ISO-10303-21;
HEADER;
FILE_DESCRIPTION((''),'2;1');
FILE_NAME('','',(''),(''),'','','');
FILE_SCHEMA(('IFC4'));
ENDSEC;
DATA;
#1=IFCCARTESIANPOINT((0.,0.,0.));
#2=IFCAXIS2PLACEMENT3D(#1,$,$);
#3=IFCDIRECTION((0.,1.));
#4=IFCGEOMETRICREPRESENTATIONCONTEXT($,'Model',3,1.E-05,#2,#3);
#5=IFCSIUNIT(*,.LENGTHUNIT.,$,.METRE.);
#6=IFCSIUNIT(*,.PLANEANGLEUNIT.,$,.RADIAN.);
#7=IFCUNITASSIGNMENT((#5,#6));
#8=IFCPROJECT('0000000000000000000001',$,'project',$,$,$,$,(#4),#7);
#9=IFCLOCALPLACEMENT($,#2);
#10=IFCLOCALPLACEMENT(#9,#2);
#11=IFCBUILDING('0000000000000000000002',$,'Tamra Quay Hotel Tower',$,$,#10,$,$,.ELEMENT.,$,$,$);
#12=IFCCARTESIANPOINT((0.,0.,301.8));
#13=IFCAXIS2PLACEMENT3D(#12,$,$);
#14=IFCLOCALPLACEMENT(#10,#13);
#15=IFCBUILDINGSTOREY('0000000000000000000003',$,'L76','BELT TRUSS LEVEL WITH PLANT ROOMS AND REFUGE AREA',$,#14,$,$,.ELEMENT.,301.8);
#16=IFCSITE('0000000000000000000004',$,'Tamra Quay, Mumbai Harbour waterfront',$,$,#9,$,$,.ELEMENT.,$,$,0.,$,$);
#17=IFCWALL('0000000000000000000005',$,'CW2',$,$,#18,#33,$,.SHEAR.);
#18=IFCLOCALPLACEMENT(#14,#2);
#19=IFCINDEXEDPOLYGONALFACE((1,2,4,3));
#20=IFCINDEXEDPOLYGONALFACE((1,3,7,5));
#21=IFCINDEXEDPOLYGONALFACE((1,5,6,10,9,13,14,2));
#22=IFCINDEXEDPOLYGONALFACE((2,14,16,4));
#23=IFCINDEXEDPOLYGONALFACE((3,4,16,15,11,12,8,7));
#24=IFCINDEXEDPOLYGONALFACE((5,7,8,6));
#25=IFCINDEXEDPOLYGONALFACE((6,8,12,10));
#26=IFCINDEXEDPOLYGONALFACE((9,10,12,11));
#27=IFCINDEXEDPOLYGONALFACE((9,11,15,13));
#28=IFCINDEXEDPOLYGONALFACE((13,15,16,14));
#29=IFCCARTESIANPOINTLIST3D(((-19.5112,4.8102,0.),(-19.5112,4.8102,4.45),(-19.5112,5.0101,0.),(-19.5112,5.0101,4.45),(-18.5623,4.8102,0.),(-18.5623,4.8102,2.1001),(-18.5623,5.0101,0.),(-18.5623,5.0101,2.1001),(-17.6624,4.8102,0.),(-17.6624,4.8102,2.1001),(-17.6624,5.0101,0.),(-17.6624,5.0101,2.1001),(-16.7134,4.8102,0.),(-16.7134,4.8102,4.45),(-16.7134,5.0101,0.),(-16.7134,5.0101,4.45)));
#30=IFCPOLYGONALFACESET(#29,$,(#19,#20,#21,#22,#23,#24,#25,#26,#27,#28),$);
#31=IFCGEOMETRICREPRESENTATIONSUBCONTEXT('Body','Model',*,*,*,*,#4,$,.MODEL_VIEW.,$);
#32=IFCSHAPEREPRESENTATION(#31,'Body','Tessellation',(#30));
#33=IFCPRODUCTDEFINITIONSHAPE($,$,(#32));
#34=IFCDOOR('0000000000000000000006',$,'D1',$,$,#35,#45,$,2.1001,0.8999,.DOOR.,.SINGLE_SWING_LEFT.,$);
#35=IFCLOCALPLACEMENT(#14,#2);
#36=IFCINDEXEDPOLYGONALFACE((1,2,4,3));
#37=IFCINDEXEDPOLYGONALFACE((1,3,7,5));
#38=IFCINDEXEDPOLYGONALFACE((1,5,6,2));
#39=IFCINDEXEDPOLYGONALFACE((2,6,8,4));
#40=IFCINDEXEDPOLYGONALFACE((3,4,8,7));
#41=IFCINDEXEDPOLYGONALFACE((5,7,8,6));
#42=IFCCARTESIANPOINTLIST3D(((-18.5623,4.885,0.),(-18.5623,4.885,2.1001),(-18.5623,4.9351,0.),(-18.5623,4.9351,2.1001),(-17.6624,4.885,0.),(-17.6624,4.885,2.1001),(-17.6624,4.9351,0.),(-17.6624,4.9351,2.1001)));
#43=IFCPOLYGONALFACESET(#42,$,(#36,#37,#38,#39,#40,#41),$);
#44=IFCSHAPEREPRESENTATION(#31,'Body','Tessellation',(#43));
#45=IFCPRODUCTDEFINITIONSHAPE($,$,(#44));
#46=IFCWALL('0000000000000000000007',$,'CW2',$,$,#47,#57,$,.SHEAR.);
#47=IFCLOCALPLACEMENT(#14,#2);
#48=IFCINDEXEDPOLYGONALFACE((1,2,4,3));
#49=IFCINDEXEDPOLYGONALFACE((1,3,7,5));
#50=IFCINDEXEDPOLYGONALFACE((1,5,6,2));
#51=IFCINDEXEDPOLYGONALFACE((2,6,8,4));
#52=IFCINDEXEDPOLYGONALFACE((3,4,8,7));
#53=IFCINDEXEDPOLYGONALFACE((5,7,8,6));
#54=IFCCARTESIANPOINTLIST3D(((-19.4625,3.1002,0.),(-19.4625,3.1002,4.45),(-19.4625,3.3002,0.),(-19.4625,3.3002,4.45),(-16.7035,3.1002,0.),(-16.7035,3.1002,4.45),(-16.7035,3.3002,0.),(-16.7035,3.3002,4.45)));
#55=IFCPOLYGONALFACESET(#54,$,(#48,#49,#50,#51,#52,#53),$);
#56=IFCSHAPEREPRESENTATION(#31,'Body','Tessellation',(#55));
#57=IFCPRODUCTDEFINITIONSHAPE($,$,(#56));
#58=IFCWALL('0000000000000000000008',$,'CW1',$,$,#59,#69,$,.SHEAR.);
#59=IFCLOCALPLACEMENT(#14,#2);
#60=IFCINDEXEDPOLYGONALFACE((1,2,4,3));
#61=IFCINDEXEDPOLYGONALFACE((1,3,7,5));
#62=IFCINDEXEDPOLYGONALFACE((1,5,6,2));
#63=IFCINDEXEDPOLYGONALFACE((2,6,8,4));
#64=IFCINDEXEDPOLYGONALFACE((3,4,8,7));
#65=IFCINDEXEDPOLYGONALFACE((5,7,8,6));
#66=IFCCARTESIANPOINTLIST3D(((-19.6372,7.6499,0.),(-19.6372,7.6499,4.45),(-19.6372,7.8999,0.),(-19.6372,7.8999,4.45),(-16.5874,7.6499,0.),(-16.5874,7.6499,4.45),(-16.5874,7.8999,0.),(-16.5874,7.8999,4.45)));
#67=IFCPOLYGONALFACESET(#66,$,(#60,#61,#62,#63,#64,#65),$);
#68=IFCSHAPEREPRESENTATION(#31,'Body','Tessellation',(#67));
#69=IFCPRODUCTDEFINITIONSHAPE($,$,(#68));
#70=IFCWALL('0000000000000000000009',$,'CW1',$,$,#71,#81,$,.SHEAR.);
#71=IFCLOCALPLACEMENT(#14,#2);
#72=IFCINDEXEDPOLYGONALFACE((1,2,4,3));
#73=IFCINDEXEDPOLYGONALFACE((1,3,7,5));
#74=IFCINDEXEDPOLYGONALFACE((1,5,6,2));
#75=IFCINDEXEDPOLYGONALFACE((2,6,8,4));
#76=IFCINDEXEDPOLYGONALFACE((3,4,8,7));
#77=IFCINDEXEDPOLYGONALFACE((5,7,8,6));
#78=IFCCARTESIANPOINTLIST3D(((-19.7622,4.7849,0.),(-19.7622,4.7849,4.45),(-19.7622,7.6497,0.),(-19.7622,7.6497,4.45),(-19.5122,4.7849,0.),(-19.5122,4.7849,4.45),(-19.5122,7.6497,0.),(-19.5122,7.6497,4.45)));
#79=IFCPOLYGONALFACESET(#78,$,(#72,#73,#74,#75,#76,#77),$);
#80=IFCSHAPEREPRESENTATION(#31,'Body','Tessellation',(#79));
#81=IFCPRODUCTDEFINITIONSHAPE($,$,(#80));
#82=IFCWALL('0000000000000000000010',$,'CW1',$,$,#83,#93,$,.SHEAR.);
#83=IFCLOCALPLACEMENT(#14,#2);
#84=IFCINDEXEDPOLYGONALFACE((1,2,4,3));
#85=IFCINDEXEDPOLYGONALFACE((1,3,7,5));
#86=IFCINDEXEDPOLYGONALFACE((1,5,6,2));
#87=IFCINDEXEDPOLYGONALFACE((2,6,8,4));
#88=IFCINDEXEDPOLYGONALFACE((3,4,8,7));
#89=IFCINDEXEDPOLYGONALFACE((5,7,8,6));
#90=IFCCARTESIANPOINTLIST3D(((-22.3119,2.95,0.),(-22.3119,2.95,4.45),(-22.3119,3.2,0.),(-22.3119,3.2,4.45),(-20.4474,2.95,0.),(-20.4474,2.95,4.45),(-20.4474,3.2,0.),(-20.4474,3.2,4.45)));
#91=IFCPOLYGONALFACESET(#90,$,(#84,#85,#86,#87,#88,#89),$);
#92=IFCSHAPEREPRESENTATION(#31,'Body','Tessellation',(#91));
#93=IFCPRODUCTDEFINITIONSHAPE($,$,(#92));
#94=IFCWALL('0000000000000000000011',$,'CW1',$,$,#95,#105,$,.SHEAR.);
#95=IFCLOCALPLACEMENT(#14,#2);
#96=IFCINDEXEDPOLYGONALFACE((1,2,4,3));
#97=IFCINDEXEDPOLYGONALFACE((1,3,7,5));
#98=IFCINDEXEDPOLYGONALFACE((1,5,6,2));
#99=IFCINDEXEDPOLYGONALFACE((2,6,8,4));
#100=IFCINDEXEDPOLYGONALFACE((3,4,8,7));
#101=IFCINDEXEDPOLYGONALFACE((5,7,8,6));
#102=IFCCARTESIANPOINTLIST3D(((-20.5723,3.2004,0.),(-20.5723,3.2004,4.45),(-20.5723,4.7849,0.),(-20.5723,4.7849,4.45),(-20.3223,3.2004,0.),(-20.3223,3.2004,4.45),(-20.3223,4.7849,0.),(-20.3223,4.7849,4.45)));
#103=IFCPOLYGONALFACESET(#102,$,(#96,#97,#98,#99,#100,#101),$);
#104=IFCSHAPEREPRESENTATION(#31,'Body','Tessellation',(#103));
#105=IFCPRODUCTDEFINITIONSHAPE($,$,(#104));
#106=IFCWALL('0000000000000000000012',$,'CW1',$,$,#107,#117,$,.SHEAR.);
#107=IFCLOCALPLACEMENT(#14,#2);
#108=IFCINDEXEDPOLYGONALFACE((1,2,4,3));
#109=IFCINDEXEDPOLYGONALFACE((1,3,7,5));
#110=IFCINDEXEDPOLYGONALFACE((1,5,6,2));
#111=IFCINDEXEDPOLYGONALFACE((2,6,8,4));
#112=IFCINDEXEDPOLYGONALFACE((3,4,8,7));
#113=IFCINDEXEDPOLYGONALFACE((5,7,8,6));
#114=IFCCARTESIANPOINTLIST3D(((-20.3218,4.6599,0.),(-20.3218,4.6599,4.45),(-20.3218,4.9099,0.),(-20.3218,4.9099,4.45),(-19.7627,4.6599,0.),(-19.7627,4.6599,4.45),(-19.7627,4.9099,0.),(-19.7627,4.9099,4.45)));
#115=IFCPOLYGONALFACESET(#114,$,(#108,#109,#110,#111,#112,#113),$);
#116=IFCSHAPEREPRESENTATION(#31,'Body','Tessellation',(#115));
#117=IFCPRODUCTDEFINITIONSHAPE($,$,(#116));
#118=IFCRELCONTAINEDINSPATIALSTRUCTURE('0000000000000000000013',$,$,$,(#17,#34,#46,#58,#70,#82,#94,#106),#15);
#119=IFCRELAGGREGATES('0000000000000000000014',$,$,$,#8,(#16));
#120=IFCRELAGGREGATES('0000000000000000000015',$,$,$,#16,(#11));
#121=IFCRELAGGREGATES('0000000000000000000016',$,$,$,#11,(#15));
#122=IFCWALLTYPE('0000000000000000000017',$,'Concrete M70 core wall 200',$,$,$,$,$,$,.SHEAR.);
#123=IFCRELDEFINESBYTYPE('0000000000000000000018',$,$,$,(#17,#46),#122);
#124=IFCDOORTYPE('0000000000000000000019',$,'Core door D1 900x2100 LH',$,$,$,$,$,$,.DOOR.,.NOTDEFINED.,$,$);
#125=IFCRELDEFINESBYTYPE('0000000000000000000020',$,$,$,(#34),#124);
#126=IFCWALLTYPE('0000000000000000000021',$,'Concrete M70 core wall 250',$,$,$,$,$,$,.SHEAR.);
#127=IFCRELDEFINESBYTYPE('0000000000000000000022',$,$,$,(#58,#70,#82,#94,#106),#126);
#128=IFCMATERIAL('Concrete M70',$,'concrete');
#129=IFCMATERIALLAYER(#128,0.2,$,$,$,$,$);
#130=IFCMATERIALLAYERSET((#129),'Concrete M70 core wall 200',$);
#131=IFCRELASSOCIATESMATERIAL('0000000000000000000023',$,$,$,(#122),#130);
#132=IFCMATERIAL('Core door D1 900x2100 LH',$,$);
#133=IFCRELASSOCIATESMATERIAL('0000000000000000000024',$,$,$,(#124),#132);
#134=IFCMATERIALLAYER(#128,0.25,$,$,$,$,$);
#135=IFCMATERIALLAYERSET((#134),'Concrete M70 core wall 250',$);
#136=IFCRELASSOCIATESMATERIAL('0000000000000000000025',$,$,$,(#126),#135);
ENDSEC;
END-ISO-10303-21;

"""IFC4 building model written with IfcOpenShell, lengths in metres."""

from ifc_helpers import new_model, si_unit, direction, frame, frame_2d, origin, place, context, subcontext, project, spatial, rectangle, extrude, material, layer, layer_set, type_object, element, fill, save


model = new_model("IFC4")

# Units and contexts
model_context = context("Model", 3, precision=1e-05, world=origin(), true_north=direction((0.0, 1.0)))
body_context = subcontext(model_context, "Body", "Model", "MODEL_VIEW")
ifc_project = project(units=[si_unit("LENGTHUNIT", "METRE"), si_unit("PLANEANGLEUNIT", "RADIAN")], contexts=[model_context])

# Site, building, storey
site_placement = place(None, origin())
site = spatial("IfcSite", under=ifc_project, at=site_placement, Name="Tamra Quay, Mumbai Harbour waterfront", CompositionType="ELEMENT", RefElevation=0.0)
building_placement = place(site_placement, origin())
building = spatial("IfcBuilding", under=site, at=building_placement, Name="Tamra Quay Hotel Tower", CompositionType="ELEMENT")
storey_placement = place(building_placement, frame((0.0, 0.0, 301.8)))
storey = spatial("IfcBuildingStorey", under=building, at=storey_placement, Name="L76", Description="BELT TRUSS LEVEL WITH PLANT ROOMS AND REFUGE AREA", CompositionType="ELEMENT", Elevation=301.8)

# Wall, opening, door
ifc_material_1 = material(Name="Concrete M70", Category="concrete")
ifc_layer_1 = layer(ifc_material_1, 0.2)
ifc_layer_set_1 = layer_set([ifc_layer_1], Name="Concrete M70 core wall 200")
wall_type_1 = type_object("IfcWallType", Name="Concrete M70 core wall 200", PredefinedType="SHEAR", material=ifc_layer_set_1)
wall_1_placement = place(storey_placement, frame((-19.5112, 4.9102, 0.0), z_axis=(0.0, 0.0, 1.0), x_axis=(1.0, 0.0, 0.0)))
wall_1 = element("IfcWall", 1, at=wall_1_placement, inside=storey, type_object=wall_type_1, Name="CW2", PredefinedType="SHEAR", context=body_context, shape_type="SweptSolid", body=[
    extrude(rectangle(XDim=2.7979, YDim=0.2, at=frame_2d((1.3989, 0.0))), origin(), (0.0, 0.0, 1.0), 4.45),
])
opening_placement = place(wall_1_placement, frame((0.949, 0.0, 0.0)))
opening = element("IfcOpeningElement", 2, at=opening_placement, cuts=wall_1, PredefinedType="OPENING", context=body_context, shape_type="SweptSolid", body=[
    extrude(rectangle(XDim=0.8999, YDim=2.1001, at=frame_2d((0.45, 1.05))), frame((0.0, 0.1099, 0.0), z_axis=(0.0, -1.0, 0.0), x_axis=(1.0, 0.0, 0.0)), (0.0, 0.0, 1.0), 0.22),
])
ifc_material_2 = material(Name="Core door D1 900x2100 LH")
door_type = type_object("IfcDoorType", Name="Core door D1 900x2100 LH", OperationType="NOTDEFINED", PredefinedType="DOOR", material=ifc_material_2)
door_placement = place(opening_placement, origin())
door = element("IfcDoor", 3, at=door_placement, inside=storey, type_object=door_type, Name="D1", OperationType="SINGLE_SWING_LEFT", OverallHeight=2.1001, OverallWidth=0.8999, PredefinedType="DOOR", context=body_context, shape_type="SweptSolid", body=[
    extrude(rectangle(XDim=0.8999, YDim=2.1001, at=frame_2d((0.45, 1.05))), frame((0.0, 0.0249, 0.0), z_axis=(0.0, -1.0, 0.0), x_axis=(1.0, 0.0, 0.0)), (0.0, 0.0, 1.0), 0.05),
])
fill(opening, door)

# Walls
wall_2_placement = place(storey_placement, frame((-19.4624, 3.2002, 0.0), z_axis=(0.0, 0.0, 1.0), x_axis=(1.0, 0.0, 0.0)))
element("IfcWall", 4, at=wall_2_placement, inside=storey, type_object=wall_type_1, Name="CW2", PredefinedType="SHEAR", context=body_context, shape_type="SweptSolid", body=[
    extrude(rectangle(XDim=2.759, YDim=0.2, at=frame_2d((1.3794, 0.0))), origin(), (0.0, 0.0, 1.0), 4.45),
])
ifc_layer_2 = layer(ifc_material_1, 0.25)
ifc_layer_set_2 = layer_set([ifc_layer_2], Name="Concrete M70 core wall 250")
wall_type_2 = type_object("IfcWallType", Name="Concrete M70 core wall 250", PredefinedType="SHEAR", material=ifc_layer_set_2)
wall_3_placement = place(storey_placement, frame((-19.6372, 7.7749, 0.0), z_axis=(0.0, 0.0, 1.0), x_axis=(1.0, 0.0, 0.0)))
element("IfcWall", 5, at=wall_3_placement, inside=storey, type_object=wall_type_2, Name="CW1", PredefinedType="SHEAR", context=body_context, shape_type="SweptSolid", body=[
    extrude(rectangle(XDim=3.0498, YDim=0.25, at=frame_2d((1.5249, 0.0))), origin(), (0.0, 0.0, 1.0), 4.45),
])
wall_4_placement = place(storey_placement, frame((-19.6372, 4.7849, 0.0), z_axis=(0.0, 0.0, 1.0), x_axis=(0.0, 1.0, 0.0)))
element("IfcWall", 6, at=wall_4_placement, inside=storey, type_object=wall_type_2, Name="CW1", PredefinedType="SHEAR", context=body_context, shape_type="SweptSolid", body=[
    extrude(rectangle(XDim=2.8647, YDim=0.25, at=frame_2d((1.4324, 0.0))), origin(), (0.0, 0.0, 1.0), 4.45),
])
wall_5_placement = place(storey_placement, frame((-22.3118, 3.075, 0.0), z_axis=(0.0, 0.0, 1.0), x_axis=(1.0, 0.0, 0.0)))
element("IfcWall", 7, at=wall_5_placement, inside=storey, type_object=wall_type_2, Name="CW1", PredefinedType="SHEAR", context=body_context, shape_type="SweptSolid", body=[
    extrude(rectangle(XDim=1.8645, YDim=0.25, at=frame_2d((0.9321, 0.0))), origin(), (0.0, 0.0, 1.0), 4.45),
])
wall_6_placement = place(storey_placement, frame((-20.4473, 3.2004, 0.0), z_axis=(0.0, 0.0, 1.0), x_axis=(0.0, 1.0, 0.0)))
element("IfcWall", 8, at=wall_6_placement, inside=storey, type_object=wall_type_2, Name="CW1", PredefinedType="SHEAR", context=body_context, shape_type="SweptSolid", body=[
    extrude(rectangle(XDim=1.5845, YDim=0.25, at=frame_2d((0.7922, 0.0))), origin(), (0.0, 0.0, 1.0), 4.45),
])
wall_7_placement = place(storey_placement, frame((-20.3218, 4.7849, 0.0), z_axis=(0.0, 0.0, 1.0), x_axis=(1.0, 0.0, 0.0)))
element("IfcWall", 9, at=wall_7_placement, inside=storey, type_object=wall_type_2, Name="CW1", PredefinedType="SHEAR", context=body_context, shape_type="SweptSolid", body=[
    extrude(rectangle(XDim=0.5591, YDim=0.25, at=frame_2d((0.2795, 0.0))), origin(), (0.0, 0.0, 1.0), 4.45),
])

save(model, "model.ifc")
